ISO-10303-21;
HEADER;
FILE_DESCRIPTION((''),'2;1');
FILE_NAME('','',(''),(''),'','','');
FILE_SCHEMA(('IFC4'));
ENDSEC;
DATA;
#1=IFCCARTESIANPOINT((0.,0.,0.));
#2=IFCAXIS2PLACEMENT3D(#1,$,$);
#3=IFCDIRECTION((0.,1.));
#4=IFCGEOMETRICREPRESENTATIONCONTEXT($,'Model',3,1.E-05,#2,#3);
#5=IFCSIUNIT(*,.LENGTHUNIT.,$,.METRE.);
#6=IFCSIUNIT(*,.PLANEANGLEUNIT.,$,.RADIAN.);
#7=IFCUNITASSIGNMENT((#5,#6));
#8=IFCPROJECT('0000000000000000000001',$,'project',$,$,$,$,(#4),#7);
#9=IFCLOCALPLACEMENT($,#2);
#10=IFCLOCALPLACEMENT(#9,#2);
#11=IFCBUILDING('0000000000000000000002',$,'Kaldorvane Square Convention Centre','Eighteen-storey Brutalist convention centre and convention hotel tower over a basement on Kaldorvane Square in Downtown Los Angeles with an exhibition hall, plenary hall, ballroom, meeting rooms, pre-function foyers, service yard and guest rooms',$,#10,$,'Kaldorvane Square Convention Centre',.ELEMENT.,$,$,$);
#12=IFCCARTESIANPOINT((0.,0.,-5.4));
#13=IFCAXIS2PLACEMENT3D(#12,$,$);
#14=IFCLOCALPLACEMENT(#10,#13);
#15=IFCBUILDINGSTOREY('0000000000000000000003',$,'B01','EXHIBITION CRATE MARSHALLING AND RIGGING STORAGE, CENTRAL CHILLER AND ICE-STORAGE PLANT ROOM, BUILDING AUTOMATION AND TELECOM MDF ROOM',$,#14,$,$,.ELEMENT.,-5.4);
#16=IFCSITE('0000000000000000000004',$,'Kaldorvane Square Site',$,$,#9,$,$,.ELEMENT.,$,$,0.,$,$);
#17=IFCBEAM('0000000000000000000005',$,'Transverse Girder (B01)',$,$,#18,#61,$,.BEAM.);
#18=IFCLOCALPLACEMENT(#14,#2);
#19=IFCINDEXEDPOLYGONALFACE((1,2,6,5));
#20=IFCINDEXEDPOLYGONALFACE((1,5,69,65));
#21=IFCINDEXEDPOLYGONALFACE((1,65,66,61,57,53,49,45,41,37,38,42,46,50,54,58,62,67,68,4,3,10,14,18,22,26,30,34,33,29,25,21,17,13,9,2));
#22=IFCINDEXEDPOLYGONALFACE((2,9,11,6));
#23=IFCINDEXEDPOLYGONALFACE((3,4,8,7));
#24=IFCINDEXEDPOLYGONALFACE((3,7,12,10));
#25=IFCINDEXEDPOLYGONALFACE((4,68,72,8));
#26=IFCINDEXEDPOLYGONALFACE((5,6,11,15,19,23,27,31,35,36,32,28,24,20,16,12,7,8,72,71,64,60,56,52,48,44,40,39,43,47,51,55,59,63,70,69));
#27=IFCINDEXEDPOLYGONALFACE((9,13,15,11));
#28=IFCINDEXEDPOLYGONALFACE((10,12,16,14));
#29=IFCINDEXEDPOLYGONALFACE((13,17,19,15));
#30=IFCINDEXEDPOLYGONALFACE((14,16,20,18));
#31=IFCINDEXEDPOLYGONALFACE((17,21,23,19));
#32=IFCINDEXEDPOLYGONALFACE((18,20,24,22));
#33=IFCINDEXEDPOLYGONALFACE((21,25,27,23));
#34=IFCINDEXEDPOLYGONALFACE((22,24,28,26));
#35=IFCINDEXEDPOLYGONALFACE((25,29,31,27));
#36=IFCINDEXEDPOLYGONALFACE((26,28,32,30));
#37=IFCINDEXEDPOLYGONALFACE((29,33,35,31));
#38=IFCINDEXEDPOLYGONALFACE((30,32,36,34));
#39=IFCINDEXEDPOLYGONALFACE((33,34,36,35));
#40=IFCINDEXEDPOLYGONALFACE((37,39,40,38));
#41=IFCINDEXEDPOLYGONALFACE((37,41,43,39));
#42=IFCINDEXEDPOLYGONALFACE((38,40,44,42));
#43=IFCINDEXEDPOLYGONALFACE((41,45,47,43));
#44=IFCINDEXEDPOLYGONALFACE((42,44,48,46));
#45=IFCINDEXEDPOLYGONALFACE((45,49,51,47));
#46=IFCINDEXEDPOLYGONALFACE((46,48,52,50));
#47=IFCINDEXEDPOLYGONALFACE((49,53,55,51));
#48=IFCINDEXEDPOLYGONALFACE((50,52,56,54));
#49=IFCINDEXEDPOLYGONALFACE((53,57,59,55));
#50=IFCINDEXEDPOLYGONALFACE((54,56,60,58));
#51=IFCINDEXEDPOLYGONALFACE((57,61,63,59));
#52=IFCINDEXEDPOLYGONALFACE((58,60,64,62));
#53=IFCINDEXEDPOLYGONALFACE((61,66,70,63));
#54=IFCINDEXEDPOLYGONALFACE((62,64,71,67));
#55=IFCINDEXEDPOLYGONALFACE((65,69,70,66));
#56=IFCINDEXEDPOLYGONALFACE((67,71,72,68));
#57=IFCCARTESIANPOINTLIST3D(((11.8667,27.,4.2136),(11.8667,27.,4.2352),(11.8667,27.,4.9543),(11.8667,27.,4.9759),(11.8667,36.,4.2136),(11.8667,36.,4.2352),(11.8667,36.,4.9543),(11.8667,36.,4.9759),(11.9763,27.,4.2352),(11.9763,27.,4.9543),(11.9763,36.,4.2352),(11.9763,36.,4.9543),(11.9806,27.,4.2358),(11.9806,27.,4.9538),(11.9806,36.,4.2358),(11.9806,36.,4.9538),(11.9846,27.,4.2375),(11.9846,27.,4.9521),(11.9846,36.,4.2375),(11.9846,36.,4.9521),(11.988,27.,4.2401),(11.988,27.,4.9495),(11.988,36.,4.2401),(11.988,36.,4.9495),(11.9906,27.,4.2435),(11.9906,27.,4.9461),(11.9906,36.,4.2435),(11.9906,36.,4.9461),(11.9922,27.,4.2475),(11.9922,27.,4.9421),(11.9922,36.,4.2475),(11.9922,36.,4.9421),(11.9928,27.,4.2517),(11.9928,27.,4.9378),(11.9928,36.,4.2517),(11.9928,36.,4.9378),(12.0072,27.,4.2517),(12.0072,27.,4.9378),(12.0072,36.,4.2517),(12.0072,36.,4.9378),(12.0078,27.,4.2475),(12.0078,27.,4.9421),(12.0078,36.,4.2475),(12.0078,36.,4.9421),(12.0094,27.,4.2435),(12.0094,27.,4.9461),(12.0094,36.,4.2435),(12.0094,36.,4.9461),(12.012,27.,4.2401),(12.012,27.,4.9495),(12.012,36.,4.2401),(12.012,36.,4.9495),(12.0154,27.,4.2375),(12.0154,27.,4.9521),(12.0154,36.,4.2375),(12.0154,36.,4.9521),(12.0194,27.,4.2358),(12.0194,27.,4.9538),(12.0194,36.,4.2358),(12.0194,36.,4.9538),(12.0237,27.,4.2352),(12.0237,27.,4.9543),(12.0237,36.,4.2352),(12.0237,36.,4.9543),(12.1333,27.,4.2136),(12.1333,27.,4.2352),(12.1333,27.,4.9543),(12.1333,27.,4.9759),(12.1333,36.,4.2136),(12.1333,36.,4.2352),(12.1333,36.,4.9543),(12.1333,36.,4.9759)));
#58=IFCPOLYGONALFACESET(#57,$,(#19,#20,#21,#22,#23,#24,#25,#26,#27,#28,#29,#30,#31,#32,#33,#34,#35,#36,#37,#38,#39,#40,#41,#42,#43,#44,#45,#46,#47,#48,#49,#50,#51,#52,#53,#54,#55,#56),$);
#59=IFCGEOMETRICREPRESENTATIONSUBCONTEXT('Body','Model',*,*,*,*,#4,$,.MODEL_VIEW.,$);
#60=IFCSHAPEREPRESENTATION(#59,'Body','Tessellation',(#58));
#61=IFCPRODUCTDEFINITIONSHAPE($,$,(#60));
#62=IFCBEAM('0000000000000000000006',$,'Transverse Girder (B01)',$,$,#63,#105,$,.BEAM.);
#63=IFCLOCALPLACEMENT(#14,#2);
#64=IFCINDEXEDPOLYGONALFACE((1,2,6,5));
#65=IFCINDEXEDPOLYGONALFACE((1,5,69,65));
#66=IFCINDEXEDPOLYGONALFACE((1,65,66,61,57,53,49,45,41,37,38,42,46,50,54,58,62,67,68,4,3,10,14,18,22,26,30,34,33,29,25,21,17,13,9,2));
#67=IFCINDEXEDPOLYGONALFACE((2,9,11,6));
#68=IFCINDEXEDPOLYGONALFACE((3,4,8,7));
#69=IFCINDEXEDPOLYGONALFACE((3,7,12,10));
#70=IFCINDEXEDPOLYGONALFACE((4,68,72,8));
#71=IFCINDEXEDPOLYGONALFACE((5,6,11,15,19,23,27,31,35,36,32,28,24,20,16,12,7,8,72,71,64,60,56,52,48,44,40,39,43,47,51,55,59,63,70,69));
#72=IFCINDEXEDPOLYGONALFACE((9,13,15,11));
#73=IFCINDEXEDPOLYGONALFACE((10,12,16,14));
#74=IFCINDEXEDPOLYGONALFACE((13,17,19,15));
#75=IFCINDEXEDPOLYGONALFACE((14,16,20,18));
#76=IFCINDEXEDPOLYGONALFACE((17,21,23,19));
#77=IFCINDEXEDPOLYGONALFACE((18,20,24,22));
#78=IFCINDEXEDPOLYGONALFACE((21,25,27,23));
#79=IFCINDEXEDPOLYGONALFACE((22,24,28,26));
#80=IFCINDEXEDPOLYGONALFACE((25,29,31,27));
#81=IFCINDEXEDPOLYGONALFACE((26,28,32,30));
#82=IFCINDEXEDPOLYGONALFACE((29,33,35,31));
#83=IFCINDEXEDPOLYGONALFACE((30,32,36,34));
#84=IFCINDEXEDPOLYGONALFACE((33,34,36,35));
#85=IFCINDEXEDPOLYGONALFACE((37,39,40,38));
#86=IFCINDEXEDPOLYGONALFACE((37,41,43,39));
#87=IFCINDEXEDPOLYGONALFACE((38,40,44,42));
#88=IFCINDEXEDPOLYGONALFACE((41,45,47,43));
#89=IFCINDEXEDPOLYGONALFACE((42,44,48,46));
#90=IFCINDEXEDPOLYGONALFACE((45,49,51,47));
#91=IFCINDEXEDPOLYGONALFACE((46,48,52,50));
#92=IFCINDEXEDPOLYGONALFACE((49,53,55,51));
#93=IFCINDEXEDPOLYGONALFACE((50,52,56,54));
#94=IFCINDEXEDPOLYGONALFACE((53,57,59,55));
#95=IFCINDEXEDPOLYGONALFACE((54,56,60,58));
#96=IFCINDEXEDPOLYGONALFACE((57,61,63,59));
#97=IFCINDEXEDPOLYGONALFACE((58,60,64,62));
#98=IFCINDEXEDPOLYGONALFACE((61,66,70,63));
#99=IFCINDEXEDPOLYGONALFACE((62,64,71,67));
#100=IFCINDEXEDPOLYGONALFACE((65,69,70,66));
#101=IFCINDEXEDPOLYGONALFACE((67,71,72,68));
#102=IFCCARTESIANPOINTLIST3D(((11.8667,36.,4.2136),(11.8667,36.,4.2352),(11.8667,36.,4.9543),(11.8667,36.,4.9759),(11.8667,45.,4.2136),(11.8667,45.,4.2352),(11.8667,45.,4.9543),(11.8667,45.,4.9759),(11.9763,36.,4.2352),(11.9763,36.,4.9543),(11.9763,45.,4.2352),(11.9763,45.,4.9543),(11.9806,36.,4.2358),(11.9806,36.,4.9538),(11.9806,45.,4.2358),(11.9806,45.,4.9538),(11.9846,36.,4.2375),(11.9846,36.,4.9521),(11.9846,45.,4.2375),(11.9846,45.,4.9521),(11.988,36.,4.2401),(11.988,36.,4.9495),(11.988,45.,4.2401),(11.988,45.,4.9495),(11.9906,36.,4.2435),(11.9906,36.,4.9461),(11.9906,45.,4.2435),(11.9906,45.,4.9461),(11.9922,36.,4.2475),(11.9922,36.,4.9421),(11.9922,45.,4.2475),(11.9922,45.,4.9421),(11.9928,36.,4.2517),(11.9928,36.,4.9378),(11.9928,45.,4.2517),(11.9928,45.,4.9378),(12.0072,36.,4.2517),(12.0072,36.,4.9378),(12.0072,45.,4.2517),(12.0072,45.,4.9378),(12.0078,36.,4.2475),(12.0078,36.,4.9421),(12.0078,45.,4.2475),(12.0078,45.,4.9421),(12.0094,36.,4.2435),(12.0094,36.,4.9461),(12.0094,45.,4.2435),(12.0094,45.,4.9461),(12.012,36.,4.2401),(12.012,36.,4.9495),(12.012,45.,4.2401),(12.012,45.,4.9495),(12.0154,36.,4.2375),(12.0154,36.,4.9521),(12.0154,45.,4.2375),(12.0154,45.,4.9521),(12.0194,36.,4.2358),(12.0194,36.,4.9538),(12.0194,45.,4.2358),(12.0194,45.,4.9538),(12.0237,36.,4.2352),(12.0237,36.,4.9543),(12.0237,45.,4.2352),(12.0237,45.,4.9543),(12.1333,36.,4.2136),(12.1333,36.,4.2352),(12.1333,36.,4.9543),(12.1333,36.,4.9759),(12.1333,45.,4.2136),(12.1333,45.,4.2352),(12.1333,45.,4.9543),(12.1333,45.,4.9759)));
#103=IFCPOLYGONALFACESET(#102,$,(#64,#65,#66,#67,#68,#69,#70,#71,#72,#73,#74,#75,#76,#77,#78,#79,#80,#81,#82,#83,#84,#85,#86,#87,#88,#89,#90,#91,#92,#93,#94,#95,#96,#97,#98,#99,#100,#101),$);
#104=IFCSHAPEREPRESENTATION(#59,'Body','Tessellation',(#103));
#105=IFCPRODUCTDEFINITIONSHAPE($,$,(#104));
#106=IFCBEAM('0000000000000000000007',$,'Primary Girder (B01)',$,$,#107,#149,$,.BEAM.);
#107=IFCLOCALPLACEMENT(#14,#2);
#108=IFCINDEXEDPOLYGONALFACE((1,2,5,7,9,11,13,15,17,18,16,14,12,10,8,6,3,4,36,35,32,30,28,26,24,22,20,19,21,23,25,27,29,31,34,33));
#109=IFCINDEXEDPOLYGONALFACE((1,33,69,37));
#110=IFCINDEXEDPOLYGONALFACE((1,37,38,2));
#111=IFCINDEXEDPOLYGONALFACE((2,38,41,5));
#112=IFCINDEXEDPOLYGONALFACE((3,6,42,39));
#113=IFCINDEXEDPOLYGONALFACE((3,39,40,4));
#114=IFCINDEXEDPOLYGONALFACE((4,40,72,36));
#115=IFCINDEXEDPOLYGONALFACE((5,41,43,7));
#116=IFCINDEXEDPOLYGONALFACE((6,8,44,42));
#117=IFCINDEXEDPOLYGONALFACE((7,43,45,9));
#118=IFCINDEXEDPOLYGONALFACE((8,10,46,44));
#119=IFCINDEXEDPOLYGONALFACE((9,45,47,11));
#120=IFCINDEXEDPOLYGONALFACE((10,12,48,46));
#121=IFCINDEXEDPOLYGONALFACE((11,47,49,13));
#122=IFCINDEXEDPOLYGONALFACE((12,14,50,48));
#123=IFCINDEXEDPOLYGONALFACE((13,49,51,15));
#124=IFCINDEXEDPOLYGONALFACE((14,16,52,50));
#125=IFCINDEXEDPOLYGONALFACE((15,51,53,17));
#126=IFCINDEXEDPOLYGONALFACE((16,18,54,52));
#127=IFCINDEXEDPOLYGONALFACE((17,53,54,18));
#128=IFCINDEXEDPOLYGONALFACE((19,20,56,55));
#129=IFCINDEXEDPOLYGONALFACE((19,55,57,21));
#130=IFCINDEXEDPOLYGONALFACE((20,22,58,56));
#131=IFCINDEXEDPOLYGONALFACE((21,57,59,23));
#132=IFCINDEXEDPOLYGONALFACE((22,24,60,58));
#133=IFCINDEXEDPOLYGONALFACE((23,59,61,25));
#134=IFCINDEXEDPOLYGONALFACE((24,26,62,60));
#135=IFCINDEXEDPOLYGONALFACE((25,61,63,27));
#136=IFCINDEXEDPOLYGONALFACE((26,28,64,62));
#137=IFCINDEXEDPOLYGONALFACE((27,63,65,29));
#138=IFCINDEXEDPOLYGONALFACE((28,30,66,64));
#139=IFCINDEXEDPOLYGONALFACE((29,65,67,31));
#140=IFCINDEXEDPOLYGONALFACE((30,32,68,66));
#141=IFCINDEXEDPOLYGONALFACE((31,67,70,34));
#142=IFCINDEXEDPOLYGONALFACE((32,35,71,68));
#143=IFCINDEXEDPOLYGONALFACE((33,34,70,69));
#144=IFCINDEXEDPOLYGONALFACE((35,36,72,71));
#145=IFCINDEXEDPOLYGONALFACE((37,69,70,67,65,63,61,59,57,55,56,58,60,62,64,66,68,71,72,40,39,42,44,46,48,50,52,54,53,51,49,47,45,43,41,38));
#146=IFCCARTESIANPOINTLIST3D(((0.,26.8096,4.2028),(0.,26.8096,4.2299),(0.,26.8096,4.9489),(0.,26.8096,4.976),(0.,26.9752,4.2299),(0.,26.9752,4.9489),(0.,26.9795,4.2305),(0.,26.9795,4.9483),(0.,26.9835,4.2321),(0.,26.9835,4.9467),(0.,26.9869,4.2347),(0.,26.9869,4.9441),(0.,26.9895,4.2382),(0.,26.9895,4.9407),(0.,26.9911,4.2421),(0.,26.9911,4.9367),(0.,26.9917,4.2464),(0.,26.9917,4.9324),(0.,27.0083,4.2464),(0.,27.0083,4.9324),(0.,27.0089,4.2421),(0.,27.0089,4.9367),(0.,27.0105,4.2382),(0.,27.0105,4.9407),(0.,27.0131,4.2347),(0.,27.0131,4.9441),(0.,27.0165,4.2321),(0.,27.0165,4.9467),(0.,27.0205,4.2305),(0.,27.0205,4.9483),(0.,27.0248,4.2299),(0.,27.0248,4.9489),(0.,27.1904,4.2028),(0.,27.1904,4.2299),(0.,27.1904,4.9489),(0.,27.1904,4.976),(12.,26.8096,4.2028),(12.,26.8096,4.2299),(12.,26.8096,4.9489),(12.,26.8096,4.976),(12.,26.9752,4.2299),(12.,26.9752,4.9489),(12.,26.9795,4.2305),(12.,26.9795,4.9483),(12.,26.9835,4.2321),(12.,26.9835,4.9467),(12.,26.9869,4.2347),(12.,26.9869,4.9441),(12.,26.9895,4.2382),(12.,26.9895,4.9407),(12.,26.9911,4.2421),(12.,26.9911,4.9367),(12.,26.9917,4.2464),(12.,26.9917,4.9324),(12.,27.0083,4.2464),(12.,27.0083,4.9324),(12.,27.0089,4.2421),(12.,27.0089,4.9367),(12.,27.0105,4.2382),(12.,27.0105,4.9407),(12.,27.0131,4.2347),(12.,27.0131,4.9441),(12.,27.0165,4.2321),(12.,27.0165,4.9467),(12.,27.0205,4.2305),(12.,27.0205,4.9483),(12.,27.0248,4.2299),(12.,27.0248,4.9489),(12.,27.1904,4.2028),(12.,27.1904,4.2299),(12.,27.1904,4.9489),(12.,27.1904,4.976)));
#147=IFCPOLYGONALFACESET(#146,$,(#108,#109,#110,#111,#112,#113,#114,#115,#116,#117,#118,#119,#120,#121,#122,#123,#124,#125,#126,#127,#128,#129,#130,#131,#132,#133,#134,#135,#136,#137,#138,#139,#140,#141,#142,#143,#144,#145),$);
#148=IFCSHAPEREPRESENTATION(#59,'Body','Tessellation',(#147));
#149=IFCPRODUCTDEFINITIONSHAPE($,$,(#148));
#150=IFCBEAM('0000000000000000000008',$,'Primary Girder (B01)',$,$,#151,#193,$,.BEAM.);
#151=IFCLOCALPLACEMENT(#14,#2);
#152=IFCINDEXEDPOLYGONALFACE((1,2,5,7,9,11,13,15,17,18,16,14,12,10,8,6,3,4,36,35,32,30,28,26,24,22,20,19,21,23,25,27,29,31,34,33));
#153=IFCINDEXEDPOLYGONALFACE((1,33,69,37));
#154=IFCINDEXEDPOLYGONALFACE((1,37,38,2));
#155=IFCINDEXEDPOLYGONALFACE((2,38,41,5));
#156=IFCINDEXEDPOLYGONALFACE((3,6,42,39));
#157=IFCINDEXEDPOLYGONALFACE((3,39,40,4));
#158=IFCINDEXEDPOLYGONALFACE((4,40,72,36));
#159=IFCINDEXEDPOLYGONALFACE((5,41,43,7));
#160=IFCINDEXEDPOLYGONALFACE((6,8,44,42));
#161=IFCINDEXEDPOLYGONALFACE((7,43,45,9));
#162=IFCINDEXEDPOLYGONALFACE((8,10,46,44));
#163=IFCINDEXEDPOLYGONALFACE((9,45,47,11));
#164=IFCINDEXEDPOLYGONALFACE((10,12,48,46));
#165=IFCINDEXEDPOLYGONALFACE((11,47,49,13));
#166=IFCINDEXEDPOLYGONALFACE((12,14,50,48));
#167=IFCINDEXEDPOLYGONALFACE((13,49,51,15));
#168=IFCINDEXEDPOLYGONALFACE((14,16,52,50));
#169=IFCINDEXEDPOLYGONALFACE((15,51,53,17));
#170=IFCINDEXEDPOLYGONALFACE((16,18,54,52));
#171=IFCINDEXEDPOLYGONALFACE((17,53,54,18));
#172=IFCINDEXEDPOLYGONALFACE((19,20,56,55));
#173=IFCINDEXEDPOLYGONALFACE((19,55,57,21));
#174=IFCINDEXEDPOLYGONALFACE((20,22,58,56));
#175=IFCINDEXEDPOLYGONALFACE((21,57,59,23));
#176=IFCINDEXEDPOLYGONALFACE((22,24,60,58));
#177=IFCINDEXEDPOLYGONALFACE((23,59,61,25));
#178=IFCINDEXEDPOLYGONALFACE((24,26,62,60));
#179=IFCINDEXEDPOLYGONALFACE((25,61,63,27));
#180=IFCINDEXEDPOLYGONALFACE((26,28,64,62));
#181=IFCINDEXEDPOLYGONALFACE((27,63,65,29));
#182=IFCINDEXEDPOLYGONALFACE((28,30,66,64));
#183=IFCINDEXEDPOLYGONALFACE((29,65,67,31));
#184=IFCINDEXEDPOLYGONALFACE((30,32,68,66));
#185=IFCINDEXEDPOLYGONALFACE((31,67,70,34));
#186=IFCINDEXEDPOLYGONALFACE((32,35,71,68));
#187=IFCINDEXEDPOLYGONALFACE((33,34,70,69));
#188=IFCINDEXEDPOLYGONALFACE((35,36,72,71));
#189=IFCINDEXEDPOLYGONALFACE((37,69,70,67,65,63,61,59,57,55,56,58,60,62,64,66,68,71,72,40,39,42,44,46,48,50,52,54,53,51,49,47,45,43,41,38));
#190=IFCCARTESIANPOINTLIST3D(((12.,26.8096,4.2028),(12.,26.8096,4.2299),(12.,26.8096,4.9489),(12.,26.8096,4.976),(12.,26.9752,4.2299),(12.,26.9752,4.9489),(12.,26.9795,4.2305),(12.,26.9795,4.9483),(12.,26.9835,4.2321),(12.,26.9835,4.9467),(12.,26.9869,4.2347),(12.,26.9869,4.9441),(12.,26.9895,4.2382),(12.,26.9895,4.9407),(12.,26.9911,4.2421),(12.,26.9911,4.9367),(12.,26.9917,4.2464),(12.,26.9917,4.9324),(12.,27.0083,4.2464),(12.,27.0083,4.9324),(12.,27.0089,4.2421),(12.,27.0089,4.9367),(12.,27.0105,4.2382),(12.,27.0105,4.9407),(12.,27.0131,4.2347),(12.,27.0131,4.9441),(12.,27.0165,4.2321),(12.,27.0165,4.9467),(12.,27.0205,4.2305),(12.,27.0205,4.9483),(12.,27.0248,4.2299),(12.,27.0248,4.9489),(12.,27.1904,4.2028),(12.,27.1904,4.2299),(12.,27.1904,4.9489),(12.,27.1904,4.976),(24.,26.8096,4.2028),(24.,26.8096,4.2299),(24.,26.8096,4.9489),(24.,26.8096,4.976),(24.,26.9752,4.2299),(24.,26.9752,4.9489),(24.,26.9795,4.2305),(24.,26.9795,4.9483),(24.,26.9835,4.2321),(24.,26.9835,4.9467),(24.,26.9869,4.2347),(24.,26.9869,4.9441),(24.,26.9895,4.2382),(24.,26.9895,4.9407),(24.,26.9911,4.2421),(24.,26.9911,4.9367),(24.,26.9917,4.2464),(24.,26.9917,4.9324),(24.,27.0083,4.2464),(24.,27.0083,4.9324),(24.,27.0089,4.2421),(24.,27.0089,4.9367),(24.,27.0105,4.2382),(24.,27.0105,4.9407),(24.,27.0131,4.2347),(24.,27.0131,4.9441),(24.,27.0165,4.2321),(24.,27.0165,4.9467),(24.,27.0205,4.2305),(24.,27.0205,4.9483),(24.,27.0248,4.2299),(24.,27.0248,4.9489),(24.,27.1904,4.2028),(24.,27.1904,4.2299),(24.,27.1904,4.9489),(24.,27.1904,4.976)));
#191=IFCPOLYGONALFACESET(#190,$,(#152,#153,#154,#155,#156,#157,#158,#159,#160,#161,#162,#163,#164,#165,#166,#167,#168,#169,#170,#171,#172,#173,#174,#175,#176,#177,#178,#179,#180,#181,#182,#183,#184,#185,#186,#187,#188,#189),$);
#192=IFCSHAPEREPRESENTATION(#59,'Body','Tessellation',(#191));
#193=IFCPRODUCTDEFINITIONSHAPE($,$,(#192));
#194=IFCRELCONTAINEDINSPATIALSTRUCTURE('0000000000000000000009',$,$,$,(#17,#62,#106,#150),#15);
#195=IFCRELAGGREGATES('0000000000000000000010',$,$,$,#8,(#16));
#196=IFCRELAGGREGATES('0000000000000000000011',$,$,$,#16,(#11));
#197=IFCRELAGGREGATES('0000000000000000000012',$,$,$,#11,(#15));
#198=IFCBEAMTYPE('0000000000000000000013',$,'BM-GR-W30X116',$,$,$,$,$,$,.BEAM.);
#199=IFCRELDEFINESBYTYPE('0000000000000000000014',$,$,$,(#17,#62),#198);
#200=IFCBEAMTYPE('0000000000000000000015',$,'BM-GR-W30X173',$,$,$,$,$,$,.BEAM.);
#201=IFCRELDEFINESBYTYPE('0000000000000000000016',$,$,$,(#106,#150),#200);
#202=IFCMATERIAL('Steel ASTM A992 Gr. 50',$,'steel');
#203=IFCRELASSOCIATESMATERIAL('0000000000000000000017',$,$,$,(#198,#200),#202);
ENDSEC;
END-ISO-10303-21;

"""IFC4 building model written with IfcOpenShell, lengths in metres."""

from ifc_helpers import new_model, si_unit, direction, frame, origin, origin_2d, place, context, subcontext, project, spatial, i_section, extrude, material, material_profile, profile_set, type_object, element, save


model = new_model("IFC4")

# Units and contexts
model_context = context("Model", 3, precision=1e-05, world=origin(), true_north=direction((0.0, 1.0)))
body_context = subcontext(model_context, "Body", "Model", "MODEL_VIEW")
ifc_project = project(units=[si_unit("LENGTHUNIT", "METRE"), si_unit("PLANEANGLEUNIT", "RADIAN")], contexts=[model_context])

# Site, building, storey
site_placement = place(None, origin())
site = spatial("IfcSite", under=ifc_project, at=site_placement, Name="Kaldorvane Square Site", CompositionType="ELEMENT", RefElevation=0.0)
building_placement = place(site_placement, origin())
building = spatial("IfcBuilding", under=site, at=building_placement, Name="Kaldorvane Square Convention Centre", Description="Eighteen-storey Brutalist convention centre and convention hotel tower over a basement on Kaldorvane Square in Downtown Los Angeles with an exhibition hall, plenary hall, ballroom, meeting rooms, pre-function foyers, service yard and guest rooms", LongName="Kaldorvane Square Convention Centre", CompositionType="ELEMENT")
storey_placement = place(building_placement, frame((0.0, 0.0, -5.4)))
storey = spatial("IfcBuildingStorey", under=building, at=storey_placement, Name="B01", Description="EXHIBITION CRATE MARSHALLING AND RIGGING STORAGE, CENTRAL CHILLER AND ICE-STORAGE PLANT ROOM, BUILDING AUTOMATION AND TELECOM MDF ROOM", CompositionType="ELEMENT", Elevation=-5.4)

# Shared definitions
ifc_material_1 = material(Name="Steel ASTM A992 Gr. 50", Category="steel")

# Beams
ifc_material_profile_1 = material_profile(ifc_material_1, i_section(OverallWidth=0.2666, OverallDepth=0.7623, WebThickness=0.0144, FlangeThickness=0.0216, FilletRadius=0.0165, at=origin_2d()), Name="W30X116")
ifc_profile_set_1 = profile_set([ifc_material_profile_1], Name="Steel ASTM A992 Gr. 50")
beam_type_1 = type_object("IfcBeamType", Name="BM-GR-W30X116", PredefinedType="BEAM", material=ifc_profile_set_1)
for number, where, z_axis, x_axis, name in (
    (1, (12.0, 27.0, 4.5948), (0.0, 1.0, 0.0), (-1.0, 0.0, 0.0), "Transverse Girder (B01)"),
    (2, (12.0, 36.0, 4.5948), (0.0, 1.0, 0.0), (-1.0, 0.0, 0.0), "Transverse Girder (B01)"),
):
    element("IfcBeam", number, at=place(storey_placement, frame(where, z_axis=z_axis, x_axis=x_axis)), inside=storey, type_object=beam_type_1, Name=name, PredefinedType="BEAM", context=body_context, shape_type="SweptSolid", body=[
        extrude(i_section(OverallWidth=0.2666, OverallDepth=0.7623, WebThickness=0.0144, FlangeThickness=0.0216, FilletRadius=0.0165, at=origin_2d()), origin(), (0.0, 0.0, 1.0), 9.0),
    ])
ifc_material_profile_2 = material_profile(ifc_material_1, i_section(OverallWidth=0.3807, OverallDepth=0.7732, WebThickness=0.0166, FlangeThickness=0.0271, FilletRadius=0.0165, at=origin_2d()), Name="W30X173")
ifc_profile_set_2 = profile_set([ifc_material_profile_2], Name="Steel ASTM A992 Gr. 50")
beam_type_2 = type_object("IfcBeamType", Name="BM-GR-W30X173", PredefinedType="BEAM", material=ifc_profile_set_2)
for number, where, z_axis, x_axis, name in (
    (3, (0.0, 27.0, 4.5894), (1.0, 0.0, 0.0), (0.0, 1.0, 0.0), "Primary Girder (B01)"),
    (4, (12.0, 27.0, 4.5894), (1.0, 0.0, 0.0), (0.0, 1.0, 0.0), "Primary Girder (B01)"),
):
    element("IfcBeam", number, at=place(storey_placement, frame(where, z_axis=z_axis, x_axis=x_axis)), inside=storey, type_object=beam_type_2, Name=name, PredefinedType="BEAM", context=body_context, shape_type="SweptSolid", body=[
        extrude(i_section(OverallWidth=0.3807, OverallDepth=0.7732, WebThickness=0.0166, FlangeThickness=0.0271, FilletRadius=0.0165, at=origin_2d()), origin(), (0.0, 0.0, 1.0), 12.0),
    ])

save(model, "model.ifc")
